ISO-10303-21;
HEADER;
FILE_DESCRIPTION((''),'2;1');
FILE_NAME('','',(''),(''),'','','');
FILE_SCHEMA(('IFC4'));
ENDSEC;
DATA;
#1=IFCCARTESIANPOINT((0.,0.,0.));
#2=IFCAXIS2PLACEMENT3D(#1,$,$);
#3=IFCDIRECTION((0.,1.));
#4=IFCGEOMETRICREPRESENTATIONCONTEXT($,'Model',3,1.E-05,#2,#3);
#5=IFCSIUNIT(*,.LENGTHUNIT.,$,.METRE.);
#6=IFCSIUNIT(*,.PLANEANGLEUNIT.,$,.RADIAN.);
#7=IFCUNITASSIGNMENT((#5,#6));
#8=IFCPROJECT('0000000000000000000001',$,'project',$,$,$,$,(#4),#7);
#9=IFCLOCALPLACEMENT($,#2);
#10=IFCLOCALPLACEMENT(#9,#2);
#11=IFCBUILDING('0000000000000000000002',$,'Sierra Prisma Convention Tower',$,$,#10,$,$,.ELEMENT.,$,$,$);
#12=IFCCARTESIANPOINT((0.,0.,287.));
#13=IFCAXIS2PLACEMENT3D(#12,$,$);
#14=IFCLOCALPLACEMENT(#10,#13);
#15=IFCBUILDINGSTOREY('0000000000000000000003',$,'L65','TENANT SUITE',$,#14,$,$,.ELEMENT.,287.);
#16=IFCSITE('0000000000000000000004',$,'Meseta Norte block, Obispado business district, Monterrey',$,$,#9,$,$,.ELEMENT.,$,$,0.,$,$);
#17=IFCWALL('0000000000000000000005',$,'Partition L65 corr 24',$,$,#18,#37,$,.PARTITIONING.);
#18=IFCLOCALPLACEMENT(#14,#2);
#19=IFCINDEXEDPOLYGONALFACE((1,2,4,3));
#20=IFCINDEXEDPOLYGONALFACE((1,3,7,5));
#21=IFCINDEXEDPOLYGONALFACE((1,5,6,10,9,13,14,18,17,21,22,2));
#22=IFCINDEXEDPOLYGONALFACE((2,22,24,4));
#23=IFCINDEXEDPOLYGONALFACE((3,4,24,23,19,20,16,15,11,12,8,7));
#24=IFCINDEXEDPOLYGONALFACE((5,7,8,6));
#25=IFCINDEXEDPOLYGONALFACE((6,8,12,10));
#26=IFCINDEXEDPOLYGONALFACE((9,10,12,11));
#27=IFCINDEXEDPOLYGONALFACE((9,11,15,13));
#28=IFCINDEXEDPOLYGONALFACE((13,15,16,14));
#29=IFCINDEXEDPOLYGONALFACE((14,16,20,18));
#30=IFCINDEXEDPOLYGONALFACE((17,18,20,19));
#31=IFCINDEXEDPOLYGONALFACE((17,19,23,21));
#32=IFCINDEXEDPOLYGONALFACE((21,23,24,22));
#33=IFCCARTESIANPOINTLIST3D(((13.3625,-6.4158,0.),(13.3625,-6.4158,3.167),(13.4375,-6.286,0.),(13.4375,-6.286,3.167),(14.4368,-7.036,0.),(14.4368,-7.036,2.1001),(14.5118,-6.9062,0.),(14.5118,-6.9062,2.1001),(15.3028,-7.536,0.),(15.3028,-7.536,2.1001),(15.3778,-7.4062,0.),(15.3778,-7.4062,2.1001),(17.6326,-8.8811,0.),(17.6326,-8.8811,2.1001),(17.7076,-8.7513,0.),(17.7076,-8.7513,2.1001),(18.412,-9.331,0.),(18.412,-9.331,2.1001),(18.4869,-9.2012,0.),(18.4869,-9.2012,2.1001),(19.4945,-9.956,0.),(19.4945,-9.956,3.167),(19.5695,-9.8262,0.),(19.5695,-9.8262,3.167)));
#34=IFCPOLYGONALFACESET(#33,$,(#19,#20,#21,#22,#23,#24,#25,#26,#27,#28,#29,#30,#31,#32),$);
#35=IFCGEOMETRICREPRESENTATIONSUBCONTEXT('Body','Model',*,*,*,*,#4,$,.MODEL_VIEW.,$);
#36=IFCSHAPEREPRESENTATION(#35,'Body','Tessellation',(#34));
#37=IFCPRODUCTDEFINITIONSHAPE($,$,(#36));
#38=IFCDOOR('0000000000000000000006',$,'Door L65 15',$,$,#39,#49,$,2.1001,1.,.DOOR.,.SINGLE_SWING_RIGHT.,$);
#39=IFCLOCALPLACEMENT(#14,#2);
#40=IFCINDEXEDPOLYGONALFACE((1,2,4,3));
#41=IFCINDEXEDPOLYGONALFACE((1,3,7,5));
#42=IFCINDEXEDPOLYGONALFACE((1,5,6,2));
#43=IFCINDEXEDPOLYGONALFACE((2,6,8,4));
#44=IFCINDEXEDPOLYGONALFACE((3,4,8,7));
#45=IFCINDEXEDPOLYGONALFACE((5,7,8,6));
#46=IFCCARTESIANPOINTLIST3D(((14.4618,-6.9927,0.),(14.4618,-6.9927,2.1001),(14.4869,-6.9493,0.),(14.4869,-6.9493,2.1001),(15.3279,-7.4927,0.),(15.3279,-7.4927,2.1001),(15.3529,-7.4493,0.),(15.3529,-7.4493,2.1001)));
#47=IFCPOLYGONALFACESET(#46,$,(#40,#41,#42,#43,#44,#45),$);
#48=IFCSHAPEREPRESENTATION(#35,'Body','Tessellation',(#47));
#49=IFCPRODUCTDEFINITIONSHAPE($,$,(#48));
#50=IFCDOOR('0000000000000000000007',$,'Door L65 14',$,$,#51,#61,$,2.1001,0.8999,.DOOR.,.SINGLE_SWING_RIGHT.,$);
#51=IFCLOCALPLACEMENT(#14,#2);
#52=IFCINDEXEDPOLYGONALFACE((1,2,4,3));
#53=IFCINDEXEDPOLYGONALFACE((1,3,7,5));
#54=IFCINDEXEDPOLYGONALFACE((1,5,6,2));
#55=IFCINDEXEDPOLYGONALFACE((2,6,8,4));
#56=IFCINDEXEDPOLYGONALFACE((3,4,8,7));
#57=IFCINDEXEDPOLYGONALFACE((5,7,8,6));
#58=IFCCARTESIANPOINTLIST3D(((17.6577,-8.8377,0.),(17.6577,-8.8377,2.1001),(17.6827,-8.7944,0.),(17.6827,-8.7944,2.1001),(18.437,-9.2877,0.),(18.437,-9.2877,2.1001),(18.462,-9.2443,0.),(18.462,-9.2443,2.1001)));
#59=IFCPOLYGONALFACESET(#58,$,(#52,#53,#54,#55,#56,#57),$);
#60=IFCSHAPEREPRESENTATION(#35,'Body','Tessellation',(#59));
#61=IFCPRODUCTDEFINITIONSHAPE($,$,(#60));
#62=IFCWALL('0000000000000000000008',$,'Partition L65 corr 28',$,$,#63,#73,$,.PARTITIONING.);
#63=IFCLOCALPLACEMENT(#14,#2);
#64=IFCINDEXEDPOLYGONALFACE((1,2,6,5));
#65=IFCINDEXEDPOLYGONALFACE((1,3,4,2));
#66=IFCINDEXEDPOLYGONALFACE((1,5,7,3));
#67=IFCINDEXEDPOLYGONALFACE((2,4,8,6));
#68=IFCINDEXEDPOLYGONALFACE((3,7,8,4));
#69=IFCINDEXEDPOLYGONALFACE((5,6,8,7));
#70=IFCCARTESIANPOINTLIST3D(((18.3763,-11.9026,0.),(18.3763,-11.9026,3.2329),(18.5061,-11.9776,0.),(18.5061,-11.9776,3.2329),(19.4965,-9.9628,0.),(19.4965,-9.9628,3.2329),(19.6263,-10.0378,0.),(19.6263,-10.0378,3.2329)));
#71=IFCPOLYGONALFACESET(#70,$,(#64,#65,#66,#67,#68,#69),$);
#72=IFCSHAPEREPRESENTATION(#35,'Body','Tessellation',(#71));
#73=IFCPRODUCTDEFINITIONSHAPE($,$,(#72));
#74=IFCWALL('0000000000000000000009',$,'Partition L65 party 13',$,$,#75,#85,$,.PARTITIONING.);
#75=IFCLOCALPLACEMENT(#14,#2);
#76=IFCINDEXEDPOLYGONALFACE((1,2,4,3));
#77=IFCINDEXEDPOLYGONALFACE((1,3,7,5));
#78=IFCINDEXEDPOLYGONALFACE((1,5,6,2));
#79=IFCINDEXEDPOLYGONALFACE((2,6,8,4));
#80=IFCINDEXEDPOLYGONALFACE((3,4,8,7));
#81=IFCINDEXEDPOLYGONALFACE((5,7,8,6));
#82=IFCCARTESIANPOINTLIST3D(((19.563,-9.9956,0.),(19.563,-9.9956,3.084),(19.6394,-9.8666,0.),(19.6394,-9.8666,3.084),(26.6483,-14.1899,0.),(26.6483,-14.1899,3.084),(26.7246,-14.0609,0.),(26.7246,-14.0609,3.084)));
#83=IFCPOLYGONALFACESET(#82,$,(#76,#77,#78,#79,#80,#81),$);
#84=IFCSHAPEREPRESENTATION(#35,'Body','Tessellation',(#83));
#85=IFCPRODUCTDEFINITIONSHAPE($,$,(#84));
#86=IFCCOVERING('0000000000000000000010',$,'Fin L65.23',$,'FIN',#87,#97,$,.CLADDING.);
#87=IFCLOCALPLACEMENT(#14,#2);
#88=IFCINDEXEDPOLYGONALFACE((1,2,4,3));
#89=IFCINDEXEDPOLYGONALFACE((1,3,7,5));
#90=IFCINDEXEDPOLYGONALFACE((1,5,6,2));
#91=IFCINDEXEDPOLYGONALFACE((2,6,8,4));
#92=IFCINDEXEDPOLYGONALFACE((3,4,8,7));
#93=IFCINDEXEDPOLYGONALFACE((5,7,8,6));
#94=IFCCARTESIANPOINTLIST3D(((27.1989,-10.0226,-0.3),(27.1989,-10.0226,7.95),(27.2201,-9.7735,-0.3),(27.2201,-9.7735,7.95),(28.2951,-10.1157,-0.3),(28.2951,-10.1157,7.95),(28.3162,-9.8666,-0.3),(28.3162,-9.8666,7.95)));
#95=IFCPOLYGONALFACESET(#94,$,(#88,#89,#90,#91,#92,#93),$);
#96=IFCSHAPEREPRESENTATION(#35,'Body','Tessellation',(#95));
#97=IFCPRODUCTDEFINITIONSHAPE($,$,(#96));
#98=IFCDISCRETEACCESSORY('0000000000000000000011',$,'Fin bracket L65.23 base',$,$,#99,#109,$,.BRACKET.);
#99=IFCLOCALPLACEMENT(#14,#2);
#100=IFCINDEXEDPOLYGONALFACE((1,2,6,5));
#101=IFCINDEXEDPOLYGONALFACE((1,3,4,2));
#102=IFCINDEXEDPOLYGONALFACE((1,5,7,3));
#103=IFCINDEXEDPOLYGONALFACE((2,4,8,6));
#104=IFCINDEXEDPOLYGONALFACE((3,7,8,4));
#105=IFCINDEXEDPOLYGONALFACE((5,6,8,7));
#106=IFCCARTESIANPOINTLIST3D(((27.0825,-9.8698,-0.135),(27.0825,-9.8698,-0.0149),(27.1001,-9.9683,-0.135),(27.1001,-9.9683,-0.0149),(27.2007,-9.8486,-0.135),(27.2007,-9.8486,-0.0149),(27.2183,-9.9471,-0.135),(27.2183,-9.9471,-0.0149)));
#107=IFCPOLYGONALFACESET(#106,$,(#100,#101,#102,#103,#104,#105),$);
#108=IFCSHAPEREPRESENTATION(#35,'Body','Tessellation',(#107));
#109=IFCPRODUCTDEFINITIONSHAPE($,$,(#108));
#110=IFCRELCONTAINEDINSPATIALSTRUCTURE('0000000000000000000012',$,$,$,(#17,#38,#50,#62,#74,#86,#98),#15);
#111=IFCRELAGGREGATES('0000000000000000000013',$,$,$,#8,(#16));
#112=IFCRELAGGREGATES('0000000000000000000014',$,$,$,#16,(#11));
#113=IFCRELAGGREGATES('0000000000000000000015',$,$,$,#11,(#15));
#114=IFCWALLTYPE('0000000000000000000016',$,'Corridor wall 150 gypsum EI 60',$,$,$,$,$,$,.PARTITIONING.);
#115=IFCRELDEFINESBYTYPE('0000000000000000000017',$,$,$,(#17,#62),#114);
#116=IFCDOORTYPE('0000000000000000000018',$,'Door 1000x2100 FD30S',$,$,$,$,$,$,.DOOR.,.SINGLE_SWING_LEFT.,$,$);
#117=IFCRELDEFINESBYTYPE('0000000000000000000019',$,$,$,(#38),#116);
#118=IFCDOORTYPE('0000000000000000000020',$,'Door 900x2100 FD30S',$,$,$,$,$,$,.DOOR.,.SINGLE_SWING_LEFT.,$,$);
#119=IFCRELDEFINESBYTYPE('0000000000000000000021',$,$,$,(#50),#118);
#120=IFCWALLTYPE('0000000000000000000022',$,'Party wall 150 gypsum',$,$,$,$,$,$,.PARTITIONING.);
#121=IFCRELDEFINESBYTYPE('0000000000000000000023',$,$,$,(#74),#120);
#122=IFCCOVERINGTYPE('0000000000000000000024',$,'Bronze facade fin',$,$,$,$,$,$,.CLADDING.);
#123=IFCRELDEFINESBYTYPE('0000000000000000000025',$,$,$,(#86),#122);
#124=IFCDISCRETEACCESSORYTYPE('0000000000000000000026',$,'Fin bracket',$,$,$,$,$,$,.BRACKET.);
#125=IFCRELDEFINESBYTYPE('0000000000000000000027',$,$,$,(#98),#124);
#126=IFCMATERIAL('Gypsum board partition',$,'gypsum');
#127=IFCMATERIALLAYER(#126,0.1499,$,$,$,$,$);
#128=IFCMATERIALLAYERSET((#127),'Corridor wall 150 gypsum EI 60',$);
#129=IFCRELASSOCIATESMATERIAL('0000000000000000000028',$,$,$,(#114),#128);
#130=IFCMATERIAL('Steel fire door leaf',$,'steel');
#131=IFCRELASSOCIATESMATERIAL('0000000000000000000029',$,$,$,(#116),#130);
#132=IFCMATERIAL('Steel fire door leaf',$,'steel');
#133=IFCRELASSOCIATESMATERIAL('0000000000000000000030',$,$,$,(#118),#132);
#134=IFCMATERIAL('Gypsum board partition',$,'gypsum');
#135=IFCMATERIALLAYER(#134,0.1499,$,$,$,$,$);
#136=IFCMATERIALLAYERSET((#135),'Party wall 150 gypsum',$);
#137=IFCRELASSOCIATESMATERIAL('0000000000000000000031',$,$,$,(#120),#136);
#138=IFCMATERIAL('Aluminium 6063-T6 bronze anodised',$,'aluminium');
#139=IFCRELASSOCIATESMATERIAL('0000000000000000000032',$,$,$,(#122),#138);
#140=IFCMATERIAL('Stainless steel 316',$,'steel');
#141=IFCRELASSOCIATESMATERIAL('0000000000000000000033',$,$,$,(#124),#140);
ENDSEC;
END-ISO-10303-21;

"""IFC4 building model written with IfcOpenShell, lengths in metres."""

from ifc_helpers import new_model, si_unit, direction, frame, frame_2d, origin, origin_2d, place, context, subcontext, project, spatial, rectangle, extrude, material, layer, layer_set, material_profile, profile_set, type_object, element, fill, save


model = new_model("IFC4")

# Units and contexts
model_context = context("Model", 3, precision=1e-05, world=origin(), true_north=direction((0.0, 1.0)))
body_context = subcontext(model_context, "Body", "Model", "MODEL_VIEW")
ifc_project = project(units=[si_unit("LENGTHUNIT", "METRE"), si_unit("PLANEANGLEUNIT", "RADIAN")], contexts=[model_context])

# Site, building, storey
site_placement = place(None, origin())
site = spatial("IfcSite", under=ifc_project, at=site_placement, Name="Meseta Norte block, Obispado business district, Monterrey", CompositionType="ELEMENT", RefElevation=0.0)
building_placement = place(site_placement, origin())
building = spatial("IfcBuilding", under=site, at=building_placement, Name="Sierra Prisma Convention Tower", CompositionType="ELEMENT")
storey_placement = place(building_placement, frame((0.0, 0.0, 287.0)))
storey = spatial("IfcBuildingStorey", under=building, at=storey_placement, Name="L65", Description="TENANT SUITE", CompositionType="ELEMENT", Elevation=287.0)

# Wall, openings, doors
ifc_material_1 = material(Name="Gypsum board partition", Category="gypsum")
ifc_layer_1 = layer(ifc_material_1, 0.1499)
ifc_layer_set_1 = layer_set([ifc_layer_1], Name="Corridor wall 150 gypsum EI 60")
wall_type_1 = type_object("IfcWallType", Name="Corridor wall 150 gypsum EI 60", PredefinedType="PARTITIONING", material=ifc_layer_set_1)
wall_1_placement = place(storey_placement, frame((19.532, -9.8911, 0.0), z_axis=(0.0, 0.0, 1.0), x_axis=(-0.86603, 0.499992, 0.0)))
wall_1 = element("IfcWall", 1, at=wall_1_placement, inside=storey, type_object=wall_type_1, Name="Partition L65 corr 24", PredefinedType="PARTITIONING", context=body_context, shape_type="SweptSolid", body=[
    extrude(rectangle(XDim=7.0806, YDim=0.1499, at=frame_2d((3.5403, 0.0))), origin(), (0.0, 0.0, 1.0), 3.167),
])
opening_1_placement = place(wall_1_placement, frame((1.25, 0.0, 0.0)))
opening_1 = element("IfcOpeningElement", 2, at=opening_1_placement, cuts=wall_1, PredefinedType="OPENING", context=body_context, shape_type="SweptSolid", body=[
    extrude(rectangle(XDim=0.8999, YDim=2.1001, at=frame_2d((0.45, 1.05))), frame((0.0, 0.075, 0.0), z_axis=(0.0, -1.0, 0.0), x_axis=(1.0, 0.0, 0.0)), (0.0, 0.0, 1.0), 0.1499),
])
opening_2_placement = place(wall_1_placement, frame((4.8401, 0.0, 0.0)))
opening_2 = element("IfcOpeningElement", 3, at=opening_2_placement, cuts=wall_1, PredefinedType="OPENING", context=body_context, shape_type="SweptSolid", body=[
    extrude(rectangle(XDim=1.0, YDim=2.1001, at=frame_2d((0.5, 1.05))), frame((0.0, 0.075, 0.0), z_axis=(0.0, -1.0, 0.0), x_axis=(1.0, 0.0, 0.0)), (0.0, 0.0, 1.0), 0.1499),
])
ifc_material_2 = material(Name="Steel fire door leaf", Category="steel")
door_type_1 = type_object("IfcDoorType", Name="Door 1000x2100 FD30S", OperationType="SINGLE_SWING_LEFT", PredefinedType="DOOR", material=ifc_material_2)
door_1_placement = place(opening_2_placement, origin())
door_1 = element("IfcDoor", 4, at=door_1_placement, inside=storey, type_object=door_type_1, Name="Door L65 15", OperationType="SINGLE_SWING_RIGHT", OverallHeight=2.1001, OverallWidth=1.0, PredefinedType="DOOR", context=body_context, shape_type="SweptSolid", body=[
    extrude(rectangle(XDim=1.0, YDim=2.1001, at=frame_2d((0.5, 1.05))), frame((0.0, 0.0249, 0.0), z_axis=(0.0, -1.0, 0.0), x_axis=(1.0, 0.0, 0.0)), (0.0, 0.0, 1.0), 0.05),
])
fill(opening_2, door_1)
ifc_material_3 = material(Name="Steel fire door leaf", Category="steel")
door_type_2 = type_object("IfcDoorType", Name="Door 900x2100 FD30S", OperationType="SINGLE_SWING_LEFT", PredefinedType="DOOR", material=ifc_material_3)
door_2_placement = place(opening_1_placement, origin())
door_2 = element("IfcDoor", 5, at=door_2_placement, inside=storey, type_object=door_type_2, Name="Door L65 14", OperationType="SINGLE_SWING_RIGHT", OverallHeight=2.1001, OverallWidth=0.8999, PredefinedType="DOOR", context=body_context, shape_type="SweptSolid", body=[
    extrude(rectangle(XDim=0.8999, YDim=2.1001, at=frame_2d((0.45, 1.05))), frame((0.0, 0.0249, 0.0), z_axis=(0.0, -1.0, 0.0), x_axis=(1.0, 0.0, 0.0)), (0.0, 0.0, 1.0), 0.05),
])
fill(opening_1, door_2)

# Walls
wall_2_placement = place(storey_placement, frame((18.4412, -11.9402, 0.0), z_axis=(0.0, 0.0, 1.0), x_axis=(0.500078, 0.86598, 0.0)))
element("IfcWall", 6, at=wall_2_placement, inside=storey, type_object=wall_type_1, Name="Partition L65 corr 28", PredefinedType="PARTITIONING", context=body_context, shape_type="SweptSolid", body=[
    extrude(rectangle(XDim=2.24, YDim=0.1499, at=frame_2d((1.1201, 0.0))), origin(), (0.0, 0.0, 1.0), 3.2329),
])
ifc_material_4 = material(Name="Gypsum board partition", Category="gypsum")
ifc_layer_2 = layer(ifc_material_4, 0.1499)
ifc_layer_set_2 = layer_set([ifc_layer_2], Name="Party wall 150 gypsum")
wall_type_2 = type_object("IfcWallType", Name="Party wall 150 gypsum", PredefinedType="PARTITIONING", material=ifc_layer_set_2)
wall_3_placement = place(storey_placement, frame((19.6013, -9.9312, 0.0), z_axis=(0.0, 0.0, 1.0), x_axis=(0.860521, -0.509415, 0.0)))
element("IfcWall", 7, at=wall_3_placement, inside=storey, type_object=wall_type_2, Name="Partition L65 party 13", PredefinedType="PARTITIONING", context=body_context, shape_type="SweptSolid", body=[
    extrude(rectangle(XDim=8.2336, YDim=0.1499, at=frame_2d((4.1167, 0.0))), origin(), (0.0, 0.0, 1.0), 3.084),
])

# Covering
ifc_material_5 = material(Name="Aluminium 6063-T6 bronze anodised", Category="aluminium")
ifc_material_profile_1 = material_profile(ifc_material_5, rectangle(XDim=1.1001, YDim=0.25, at=origin_2d()), Name="ALU FIN 1100x250")
ifc_profile_set_1 = profile_set([ifc_material_profile_1], Name="Aluminium 6063-T6 bronze anodised")
covering_type = type_object("IfcCoveringType", Name="Bronze facade fin", PredefinedType="CLADDING", material=ifc_profile_set_1)
covering_placement = place(storey_placement, frame((27.7576, -9.9446, -0.3), z_axis=(0.0, 0.0, 1.0), x_axis=(0.996415, -0.084595, 0.0)))
element("IfcCovering", 8, at=covering_placement, inside=storey, type_object=covering_type, Name="Fin L65.23", ObjectType="FIN", PredefinedType="CLADDING", context=body_context, shape_type="SweptSolid", body=[
    extrude(rectangle(XDim=1.1001, YDim=0.25, at=origin_2d()), origin(), (0.0, 0.0, 1.0), 8.25),
])

# Discrete accessory
ifc_material_6 = material(Name="Stainless steel 316", Category="steel")
discrete_accessory_type = type_object("IfcDiscreteAccessoryType", Name="Fin bracket", PredefinedType="BRACKET", material=ifc_material_6)
discrete_accessory_placement = place(storey_placement, frame((27.1504, -9.9084, -0.135), z_axis=(0.0, 0.0, 1.0), x_axis=(0.984358, 0.176179, 0.0)))
element("IfcDiscreteAccessory", 9, at=discrete_accessory_placement, inside=storey, type_object=discrete_accessory_type, Name="Fin bracket L65.23 base", PredefinedType="BRACKET", context=body_context, shape_type="SweptSolid", body=[
    extrude(rectangle(XDim=0.1201, YDim=0.1001, at=origin_2d()), origin(), (0.0, 0.0, 1.0), 0.1201),
])

save(model, "model.ifc")
